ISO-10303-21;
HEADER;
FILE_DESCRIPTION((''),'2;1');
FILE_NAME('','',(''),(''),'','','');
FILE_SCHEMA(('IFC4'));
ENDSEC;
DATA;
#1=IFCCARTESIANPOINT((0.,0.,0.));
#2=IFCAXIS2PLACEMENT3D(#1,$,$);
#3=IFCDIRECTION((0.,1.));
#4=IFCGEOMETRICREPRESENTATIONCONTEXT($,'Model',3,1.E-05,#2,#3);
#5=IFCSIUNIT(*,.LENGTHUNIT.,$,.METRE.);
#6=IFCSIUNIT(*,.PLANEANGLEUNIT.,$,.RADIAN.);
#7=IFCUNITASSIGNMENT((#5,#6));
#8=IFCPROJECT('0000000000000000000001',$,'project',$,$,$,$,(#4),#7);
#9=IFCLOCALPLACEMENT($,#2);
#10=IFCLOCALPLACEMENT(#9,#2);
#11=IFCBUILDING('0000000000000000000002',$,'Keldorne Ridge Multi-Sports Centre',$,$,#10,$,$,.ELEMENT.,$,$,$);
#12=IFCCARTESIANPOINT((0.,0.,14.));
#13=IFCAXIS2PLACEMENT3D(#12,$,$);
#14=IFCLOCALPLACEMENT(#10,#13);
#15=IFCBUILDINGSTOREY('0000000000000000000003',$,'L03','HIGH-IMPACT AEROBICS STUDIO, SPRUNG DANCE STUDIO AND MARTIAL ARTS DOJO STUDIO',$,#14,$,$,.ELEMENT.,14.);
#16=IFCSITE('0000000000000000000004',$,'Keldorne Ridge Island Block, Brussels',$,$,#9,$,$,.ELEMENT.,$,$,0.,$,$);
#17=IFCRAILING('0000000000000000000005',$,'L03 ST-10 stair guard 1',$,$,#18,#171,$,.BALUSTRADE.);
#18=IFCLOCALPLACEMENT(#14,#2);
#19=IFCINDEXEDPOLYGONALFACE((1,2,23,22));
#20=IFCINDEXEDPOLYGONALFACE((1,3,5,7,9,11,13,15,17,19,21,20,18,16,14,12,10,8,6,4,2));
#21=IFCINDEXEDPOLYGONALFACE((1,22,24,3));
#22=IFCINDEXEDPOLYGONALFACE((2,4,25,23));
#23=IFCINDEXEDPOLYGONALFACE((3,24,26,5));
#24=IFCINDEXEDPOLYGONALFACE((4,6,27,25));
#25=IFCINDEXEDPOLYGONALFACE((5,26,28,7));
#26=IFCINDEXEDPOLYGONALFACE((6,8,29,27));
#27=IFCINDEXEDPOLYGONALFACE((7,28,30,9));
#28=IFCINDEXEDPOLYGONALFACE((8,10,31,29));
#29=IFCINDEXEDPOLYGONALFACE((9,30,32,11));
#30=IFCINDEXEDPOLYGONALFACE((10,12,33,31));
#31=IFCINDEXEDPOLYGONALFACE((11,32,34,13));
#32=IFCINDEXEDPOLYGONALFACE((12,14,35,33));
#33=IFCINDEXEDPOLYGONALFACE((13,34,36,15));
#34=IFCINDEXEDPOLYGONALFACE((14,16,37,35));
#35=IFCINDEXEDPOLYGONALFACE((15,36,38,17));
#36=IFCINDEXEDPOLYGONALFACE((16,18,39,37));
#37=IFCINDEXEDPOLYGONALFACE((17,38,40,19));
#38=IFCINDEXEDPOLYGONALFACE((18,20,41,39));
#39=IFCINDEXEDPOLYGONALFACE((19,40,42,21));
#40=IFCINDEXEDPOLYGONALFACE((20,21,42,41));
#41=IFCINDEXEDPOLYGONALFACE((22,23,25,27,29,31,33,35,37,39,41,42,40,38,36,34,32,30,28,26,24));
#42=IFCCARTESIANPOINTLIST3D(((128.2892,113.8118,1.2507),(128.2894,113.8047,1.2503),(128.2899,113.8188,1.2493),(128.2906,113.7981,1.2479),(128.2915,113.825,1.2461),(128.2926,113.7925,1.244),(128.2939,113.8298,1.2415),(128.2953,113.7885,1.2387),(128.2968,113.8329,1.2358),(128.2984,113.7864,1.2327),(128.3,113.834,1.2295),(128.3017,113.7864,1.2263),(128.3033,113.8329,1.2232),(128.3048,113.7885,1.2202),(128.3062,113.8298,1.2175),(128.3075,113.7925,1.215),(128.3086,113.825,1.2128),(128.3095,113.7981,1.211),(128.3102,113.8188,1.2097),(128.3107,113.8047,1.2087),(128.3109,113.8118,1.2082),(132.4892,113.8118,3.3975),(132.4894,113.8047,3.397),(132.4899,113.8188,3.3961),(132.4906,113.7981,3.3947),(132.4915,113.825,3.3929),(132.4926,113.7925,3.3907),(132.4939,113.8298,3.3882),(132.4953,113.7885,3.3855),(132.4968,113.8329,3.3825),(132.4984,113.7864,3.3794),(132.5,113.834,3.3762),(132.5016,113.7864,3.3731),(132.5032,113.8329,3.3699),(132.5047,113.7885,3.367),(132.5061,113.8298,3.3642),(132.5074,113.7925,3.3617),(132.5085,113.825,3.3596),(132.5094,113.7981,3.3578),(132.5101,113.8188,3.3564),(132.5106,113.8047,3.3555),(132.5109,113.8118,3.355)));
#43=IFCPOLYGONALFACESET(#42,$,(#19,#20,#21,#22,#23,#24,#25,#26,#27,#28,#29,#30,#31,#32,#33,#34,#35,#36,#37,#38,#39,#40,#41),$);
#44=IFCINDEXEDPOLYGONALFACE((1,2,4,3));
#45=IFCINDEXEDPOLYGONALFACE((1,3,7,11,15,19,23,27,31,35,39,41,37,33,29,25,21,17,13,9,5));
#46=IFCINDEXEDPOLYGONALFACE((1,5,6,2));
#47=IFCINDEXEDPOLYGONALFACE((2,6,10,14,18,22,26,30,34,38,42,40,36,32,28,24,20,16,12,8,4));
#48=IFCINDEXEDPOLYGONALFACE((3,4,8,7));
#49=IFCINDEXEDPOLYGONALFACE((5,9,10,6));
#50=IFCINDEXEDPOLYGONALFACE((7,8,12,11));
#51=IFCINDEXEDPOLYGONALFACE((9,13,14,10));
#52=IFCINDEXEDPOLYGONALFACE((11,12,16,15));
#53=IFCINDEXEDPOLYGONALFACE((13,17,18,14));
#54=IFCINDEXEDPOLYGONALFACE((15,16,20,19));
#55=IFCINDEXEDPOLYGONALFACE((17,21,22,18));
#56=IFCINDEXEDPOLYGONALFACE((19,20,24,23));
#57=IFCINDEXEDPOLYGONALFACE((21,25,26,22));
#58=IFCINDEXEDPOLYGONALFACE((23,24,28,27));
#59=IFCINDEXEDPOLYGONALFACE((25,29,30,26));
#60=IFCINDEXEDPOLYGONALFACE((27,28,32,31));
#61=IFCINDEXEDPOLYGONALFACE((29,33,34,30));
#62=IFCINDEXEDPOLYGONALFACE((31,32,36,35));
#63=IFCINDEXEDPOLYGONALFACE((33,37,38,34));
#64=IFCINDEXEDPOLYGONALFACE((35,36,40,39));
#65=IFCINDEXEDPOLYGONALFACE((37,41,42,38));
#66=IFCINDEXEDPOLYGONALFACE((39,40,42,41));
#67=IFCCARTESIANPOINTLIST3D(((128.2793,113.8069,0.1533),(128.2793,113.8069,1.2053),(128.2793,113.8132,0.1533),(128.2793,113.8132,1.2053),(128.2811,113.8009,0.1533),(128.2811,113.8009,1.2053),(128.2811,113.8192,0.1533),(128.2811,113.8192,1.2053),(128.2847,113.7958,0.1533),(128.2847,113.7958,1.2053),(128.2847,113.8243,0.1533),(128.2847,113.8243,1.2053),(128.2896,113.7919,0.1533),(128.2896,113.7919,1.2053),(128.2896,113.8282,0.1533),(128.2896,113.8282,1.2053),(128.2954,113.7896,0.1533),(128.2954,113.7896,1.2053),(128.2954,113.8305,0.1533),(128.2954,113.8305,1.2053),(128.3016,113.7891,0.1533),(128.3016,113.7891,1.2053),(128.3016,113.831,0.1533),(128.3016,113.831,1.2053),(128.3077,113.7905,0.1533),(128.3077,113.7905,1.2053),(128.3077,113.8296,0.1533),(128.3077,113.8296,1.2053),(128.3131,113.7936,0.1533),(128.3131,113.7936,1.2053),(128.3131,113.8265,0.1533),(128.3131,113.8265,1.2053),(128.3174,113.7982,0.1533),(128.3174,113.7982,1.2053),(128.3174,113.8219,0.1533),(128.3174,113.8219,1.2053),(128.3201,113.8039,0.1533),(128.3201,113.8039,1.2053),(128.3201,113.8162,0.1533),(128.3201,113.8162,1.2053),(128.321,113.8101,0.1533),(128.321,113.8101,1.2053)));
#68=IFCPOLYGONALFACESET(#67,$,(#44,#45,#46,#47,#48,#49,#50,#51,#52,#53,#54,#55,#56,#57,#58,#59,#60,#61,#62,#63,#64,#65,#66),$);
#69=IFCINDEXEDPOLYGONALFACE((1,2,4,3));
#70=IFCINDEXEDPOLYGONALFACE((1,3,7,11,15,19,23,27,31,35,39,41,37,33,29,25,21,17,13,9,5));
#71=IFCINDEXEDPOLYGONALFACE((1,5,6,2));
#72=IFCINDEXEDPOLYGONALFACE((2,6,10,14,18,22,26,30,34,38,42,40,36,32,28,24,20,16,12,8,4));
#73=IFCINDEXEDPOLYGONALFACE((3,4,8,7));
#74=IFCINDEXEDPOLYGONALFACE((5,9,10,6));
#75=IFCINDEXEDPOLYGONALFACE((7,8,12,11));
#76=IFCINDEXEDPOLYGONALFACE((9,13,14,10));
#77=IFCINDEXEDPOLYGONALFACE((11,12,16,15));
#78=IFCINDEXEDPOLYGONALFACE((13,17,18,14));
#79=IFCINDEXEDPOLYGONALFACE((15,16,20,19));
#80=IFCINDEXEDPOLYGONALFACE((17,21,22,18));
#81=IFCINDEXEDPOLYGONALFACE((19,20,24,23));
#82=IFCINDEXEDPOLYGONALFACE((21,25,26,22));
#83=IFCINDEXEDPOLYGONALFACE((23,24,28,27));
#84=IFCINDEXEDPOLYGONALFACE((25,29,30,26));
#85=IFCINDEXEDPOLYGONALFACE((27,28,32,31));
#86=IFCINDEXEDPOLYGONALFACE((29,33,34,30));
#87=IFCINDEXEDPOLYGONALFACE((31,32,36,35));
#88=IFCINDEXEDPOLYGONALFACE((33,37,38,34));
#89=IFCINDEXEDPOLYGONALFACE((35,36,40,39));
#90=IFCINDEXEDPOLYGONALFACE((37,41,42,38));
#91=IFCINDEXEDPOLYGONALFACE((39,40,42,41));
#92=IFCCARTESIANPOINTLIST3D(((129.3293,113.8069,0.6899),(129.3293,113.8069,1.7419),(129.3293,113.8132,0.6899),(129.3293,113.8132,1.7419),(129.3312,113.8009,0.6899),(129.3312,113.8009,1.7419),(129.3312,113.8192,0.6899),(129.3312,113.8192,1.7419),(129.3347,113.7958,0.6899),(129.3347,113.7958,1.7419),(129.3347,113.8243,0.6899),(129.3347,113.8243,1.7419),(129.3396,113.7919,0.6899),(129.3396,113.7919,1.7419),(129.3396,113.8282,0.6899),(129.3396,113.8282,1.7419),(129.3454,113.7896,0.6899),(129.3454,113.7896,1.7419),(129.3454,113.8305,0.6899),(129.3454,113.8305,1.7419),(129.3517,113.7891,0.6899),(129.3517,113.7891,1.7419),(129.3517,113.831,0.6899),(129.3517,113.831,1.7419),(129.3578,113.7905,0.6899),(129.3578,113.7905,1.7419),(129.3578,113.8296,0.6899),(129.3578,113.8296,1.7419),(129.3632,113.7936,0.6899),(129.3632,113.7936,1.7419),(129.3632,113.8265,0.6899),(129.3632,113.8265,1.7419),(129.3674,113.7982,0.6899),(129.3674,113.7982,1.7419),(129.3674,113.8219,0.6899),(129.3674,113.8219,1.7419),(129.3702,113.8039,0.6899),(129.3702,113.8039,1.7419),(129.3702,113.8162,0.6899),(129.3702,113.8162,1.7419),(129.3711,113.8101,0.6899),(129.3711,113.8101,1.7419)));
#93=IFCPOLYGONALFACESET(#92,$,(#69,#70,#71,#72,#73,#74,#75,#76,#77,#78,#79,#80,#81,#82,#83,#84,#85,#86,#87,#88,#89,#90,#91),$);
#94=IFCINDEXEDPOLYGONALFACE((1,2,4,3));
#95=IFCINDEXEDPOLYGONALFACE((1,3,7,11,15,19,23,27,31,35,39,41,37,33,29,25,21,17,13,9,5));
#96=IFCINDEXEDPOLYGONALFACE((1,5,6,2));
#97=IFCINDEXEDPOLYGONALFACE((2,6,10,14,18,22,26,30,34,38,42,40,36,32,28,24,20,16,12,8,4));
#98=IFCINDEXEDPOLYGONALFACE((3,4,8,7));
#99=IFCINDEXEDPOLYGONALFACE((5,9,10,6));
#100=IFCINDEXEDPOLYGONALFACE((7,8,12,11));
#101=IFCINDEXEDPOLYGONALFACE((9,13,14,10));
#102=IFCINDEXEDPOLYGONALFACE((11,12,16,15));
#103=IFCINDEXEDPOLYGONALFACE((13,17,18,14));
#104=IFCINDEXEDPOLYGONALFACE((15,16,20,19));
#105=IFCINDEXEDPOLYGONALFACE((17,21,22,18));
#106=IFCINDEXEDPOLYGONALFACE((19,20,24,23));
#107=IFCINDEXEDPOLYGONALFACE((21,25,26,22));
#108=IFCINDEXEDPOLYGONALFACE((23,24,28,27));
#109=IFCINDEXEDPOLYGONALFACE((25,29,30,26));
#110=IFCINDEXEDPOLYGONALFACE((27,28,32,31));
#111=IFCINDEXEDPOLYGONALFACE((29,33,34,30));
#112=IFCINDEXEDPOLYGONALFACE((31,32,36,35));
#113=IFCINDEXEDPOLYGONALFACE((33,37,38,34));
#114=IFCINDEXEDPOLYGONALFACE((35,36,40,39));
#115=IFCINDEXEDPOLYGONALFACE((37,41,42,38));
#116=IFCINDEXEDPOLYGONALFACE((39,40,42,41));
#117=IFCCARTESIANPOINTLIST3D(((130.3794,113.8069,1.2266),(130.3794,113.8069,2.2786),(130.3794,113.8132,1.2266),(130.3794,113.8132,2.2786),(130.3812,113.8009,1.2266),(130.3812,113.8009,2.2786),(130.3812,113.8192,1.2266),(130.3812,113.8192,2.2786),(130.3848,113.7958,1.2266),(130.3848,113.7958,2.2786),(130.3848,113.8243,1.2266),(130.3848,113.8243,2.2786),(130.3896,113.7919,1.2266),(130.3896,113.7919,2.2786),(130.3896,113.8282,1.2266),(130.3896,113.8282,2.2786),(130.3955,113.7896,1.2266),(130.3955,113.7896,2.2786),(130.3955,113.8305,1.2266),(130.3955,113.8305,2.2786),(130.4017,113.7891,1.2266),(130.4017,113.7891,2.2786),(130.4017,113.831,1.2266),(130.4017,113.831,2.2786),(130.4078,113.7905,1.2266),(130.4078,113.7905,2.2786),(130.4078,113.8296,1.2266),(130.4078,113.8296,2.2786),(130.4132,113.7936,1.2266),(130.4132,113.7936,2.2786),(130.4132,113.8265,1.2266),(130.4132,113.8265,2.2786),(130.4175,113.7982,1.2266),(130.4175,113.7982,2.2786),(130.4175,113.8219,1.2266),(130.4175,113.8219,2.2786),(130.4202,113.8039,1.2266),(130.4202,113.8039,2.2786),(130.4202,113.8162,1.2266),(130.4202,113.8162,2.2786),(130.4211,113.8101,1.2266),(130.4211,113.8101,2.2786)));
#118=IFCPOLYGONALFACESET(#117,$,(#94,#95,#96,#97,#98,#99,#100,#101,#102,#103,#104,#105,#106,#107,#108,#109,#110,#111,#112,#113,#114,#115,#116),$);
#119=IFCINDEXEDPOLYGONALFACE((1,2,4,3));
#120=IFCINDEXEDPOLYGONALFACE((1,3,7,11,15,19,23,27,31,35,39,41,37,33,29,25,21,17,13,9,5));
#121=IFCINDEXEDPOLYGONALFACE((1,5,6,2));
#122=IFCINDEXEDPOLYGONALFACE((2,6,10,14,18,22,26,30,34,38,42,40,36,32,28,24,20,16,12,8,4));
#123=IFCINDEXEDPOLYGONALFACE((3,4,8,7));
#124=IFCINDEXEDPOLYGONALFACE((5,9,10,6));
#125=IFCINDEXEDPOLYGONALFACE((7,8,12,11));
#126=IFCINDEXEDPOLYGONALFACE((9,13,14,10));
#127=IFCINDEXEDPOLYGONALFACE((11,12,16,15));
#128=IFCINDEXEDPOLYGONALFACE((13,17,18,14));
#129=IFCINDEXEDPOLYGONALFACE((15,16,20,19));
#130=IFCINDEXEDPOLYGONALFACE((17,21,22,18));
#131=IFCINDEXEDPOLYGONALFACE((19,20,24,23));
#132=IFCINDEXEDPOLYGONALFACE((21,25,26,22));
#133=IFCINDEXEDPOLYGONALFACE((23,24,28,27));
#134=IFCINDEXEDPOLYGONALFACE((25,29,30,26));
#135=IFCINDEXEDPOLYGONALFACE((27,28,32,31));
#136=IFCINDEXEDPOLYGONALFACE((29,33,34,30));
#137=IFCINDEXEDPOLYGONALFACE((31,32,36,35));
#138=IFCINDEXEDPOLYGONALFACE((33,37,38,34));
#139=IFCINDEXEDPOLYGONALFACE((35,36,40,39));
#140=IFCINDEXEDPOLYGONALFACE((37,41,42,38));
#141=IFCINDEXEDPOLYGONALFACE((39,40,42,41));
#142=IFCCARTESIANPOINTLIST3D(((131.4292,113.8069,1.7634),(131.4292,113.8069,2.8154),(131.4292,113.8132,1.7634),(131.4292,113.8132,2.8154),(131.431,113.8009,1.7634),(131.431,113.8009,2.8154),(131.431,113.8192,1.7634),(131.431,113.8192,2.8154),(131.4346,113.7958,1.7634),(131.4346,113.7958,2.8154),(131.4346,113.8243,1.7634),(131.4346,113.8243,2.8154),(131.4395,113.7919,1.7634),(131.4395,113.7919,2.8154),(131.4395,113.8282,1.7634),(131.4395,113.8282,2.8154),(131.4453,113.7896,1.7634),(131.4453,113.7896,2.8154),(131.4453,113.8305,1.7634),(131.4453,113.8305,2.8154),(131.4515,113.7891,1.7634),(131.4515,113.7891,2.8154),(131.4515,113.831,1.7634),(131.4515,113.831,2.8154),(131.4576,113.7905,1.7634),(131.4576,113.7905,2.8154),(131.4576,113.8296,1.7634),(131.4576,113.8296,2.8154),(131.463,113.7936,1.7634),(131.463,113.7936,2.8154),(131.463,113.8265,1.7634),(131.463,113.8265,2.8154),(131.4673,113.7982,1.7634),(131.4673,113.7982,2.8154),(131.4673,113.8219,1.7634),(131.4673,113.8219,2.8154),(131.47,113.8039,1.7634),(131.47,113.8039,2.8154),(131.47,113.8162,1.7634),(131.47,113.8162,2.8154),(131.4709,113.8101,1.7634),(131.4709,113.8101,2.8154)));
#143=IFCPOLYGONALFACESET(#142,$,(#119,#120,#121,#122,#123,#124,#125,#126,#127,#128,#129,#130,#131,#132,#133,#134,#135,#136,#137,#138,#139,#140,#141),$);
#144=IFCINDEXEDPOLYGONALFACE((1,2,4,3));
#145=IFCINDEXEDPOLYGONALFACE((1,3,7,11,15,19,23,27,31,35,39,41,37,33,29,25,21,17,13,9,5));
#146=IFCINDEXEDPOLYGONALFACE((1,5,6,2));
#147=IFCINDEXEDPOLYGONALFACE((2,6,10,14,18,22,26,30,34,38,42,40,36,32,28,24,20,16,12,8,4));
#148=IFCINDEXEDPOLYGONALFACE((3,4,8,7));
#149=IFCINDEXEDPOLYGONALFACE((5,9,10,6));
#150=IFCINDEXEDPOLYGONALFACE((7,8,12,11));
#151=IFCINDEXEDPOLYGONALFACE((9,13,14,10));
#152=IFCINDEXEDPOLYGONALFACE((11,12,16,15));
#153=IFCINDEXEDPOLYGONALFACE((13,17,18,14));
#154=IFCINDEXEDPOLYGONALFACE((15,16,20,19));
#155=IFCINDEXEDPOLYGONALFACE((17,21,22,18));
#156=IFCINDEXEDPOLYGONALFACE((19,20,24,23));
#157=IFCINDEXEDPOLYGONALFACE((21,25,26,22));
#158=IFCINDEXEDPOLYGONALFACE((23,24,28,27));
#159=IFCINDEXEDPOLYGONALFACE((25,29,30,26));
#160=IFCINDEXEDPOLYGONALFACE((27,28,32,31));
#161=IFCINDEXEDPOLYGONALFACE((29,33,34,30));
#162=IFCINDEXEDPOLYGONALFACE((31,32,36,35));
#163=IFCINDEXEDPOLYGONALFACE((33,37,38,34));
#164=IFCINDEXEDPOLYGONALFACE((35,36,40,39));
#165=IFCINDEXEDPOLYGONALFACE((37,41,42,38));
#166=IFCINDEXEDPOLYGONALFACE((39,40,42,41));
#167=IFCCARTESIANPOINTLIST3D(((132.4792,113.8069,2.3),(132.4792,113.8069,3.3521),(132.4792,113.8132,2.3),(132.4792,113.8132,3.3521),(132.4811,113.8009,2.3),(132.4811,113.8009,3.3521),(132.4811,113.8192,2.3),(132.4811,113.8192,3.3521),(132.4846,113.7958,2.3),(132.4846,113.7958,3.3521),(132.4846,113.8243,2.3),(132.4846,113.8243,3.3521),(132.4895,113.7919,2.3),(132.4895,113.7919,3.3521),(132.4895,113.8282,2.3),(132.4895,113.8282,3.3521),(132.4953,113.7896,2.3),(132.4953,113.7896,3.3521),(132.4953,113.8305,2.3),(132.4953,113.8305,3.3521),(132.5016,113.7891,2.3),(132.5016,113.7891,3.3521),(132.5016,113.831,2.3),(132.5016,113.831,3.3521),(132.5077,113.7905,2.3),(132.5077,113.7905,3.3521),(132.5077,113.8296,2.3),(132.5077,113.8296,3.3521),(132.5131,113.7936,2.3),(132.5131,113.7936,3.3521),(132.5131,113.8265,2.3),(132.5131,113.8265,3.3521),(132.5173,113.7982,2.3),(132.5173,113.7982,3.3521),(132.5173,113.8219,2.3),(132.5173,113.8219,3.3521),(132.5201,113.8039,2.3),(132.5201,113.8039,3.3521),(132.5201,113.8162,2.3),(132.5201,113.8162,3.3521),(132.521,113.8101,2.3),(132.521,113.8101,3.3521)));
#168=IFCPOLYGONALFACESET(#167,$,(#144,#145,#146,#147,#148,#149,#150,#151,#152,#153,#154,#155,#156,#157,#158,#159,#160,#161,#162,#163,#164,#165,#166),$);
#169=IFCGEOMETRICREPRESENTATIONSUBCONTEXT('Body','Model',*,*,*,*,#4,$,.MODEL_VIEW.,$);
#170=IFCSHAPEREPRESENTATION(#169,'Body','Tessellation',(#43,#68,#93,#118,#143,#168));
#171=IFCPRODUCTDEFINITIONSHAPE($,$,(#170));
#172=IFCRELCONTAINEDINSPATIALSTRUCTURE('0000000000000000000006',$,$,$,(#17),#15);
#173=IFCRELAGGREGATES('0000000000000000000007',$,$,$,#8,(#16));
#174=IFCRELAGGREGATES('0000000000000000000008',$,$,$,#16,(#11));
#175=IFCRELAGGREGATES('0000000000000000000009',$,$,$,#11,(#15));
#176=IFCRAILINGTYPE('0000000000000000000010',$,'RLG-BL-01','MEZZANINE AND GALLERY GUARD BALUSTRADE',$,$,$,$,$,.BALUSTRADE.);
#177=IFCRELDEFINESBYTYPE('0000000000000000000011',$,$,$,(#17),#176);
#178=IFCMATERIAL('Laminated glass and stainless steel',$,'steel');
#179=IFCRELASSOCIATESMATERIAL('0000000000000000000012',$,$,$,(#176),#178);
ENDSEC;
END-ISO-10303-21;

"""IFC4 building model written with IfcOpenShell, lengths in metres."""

from ifc_helpers import new_model, si_unit, direction, frame, origin, origin_2d, place, context, subcontext, project, spatial, circle, extrude, material, type_object, element, save


model = new_model("IFC4")

# Units and contexts
model_context = context("Model", 3, precision=1e-05, world=origin(), true_north=direction((0.0, 1.0)))
body_context = subcontext(model_context, "Body", "Model", "MODEL_VIEW")
ifc_project = project(units=[si_unit("LENGTHUNIT", "METRE"), si_unit("PLANEANGLEUNIT", "RADIAN")], contexts=[model_context])

# Site, building, storey
site_placement = place(None, origin())
site = spatial("IfcSite", under=ifc_project, at=site_placement, Name="Keldorne Ridge Island Block, Brussels", CompositionType="ELEMENT", RefElevation=0.0)
building_placement = place(site_placement, origin())
building = spatial("IfcBuilding", under=site, at=building_placement, Name="Keldorne Ridge Multi-Sports Centre", CompositionType="ELEMENT")
storey_placement = place(building_placement, frame((0.0, 0.0, 14.0)))
storey = spatial("IfcBuildingStorey", under=building, at=storey_placement, Name="L03", Description="HIGH-IMPACT AEROBICS STUDIO, SPRUNG DANCE STUDIO AND MARTIAL ARTS DOJO STUDIO", CompositionType="ELEMENT", Elevation=14.0)

# Railing
ifc_material_1 = material(Name="Laminated glass and stainless steel", Category="steel")
railing_type_1 = type_object("IfcRailingType", Name="RLG-BL-01", Description="MEZZANINE AND GALLERY GUARD BALUSTRADE", PredefinedType="BALUSTRADE", material=ifc_material_1)
railing_1_placement = place(storey_placement, frame((128.3, 113.8101, 0.1533)))
element("IfcRailing", 1, at=railing_1_placement, inside=storey, type_object=railing_type_1, Name="L03 ST-10 stair guard 1", PredefinedType="BALUSTRADE", context=body_context, shape_type="SweptSolid", body=[
    extrude(circle(Radius=0.0239, at=origin_2d()), frame((0.0, 0.0, 1.0762), z_axis=(0.890427, 0.0, 0.455126), x_axis=(0.0, 1.0, 0.0)), (0.0, 0.0, 1.0), 4.7168),
    extrude(circle(Radius=0.021, at=origin_2d()), origin(), (0.0, 0.0, 1.0), 1.052),
    extrude(circle(Radius=0.021, at=origin_2d()), frame((1.05, 0.0, 0.5366)), (0.0, 0.0, 1.0), 1.052),
    extrude(circle(Radius=0.021, at=origin_2d()), frame((2.1001, 0.0, 1.0732)), (0.0, 0.0, 1.0), 1.052),
    extrude(circle(Radius=0.021, at=origin_2d()), frame((3.1499, 0.0, 1.6101)), (0.0, 0.0, 1.0), 1.052),
    extrude(circle(Radius=0.021, at=origin_2d()), frame((4.2, 0.0, 2.1467)), (0.0, 0.0, 1.0), 1.052),
])

save(model, "model.ifc")
